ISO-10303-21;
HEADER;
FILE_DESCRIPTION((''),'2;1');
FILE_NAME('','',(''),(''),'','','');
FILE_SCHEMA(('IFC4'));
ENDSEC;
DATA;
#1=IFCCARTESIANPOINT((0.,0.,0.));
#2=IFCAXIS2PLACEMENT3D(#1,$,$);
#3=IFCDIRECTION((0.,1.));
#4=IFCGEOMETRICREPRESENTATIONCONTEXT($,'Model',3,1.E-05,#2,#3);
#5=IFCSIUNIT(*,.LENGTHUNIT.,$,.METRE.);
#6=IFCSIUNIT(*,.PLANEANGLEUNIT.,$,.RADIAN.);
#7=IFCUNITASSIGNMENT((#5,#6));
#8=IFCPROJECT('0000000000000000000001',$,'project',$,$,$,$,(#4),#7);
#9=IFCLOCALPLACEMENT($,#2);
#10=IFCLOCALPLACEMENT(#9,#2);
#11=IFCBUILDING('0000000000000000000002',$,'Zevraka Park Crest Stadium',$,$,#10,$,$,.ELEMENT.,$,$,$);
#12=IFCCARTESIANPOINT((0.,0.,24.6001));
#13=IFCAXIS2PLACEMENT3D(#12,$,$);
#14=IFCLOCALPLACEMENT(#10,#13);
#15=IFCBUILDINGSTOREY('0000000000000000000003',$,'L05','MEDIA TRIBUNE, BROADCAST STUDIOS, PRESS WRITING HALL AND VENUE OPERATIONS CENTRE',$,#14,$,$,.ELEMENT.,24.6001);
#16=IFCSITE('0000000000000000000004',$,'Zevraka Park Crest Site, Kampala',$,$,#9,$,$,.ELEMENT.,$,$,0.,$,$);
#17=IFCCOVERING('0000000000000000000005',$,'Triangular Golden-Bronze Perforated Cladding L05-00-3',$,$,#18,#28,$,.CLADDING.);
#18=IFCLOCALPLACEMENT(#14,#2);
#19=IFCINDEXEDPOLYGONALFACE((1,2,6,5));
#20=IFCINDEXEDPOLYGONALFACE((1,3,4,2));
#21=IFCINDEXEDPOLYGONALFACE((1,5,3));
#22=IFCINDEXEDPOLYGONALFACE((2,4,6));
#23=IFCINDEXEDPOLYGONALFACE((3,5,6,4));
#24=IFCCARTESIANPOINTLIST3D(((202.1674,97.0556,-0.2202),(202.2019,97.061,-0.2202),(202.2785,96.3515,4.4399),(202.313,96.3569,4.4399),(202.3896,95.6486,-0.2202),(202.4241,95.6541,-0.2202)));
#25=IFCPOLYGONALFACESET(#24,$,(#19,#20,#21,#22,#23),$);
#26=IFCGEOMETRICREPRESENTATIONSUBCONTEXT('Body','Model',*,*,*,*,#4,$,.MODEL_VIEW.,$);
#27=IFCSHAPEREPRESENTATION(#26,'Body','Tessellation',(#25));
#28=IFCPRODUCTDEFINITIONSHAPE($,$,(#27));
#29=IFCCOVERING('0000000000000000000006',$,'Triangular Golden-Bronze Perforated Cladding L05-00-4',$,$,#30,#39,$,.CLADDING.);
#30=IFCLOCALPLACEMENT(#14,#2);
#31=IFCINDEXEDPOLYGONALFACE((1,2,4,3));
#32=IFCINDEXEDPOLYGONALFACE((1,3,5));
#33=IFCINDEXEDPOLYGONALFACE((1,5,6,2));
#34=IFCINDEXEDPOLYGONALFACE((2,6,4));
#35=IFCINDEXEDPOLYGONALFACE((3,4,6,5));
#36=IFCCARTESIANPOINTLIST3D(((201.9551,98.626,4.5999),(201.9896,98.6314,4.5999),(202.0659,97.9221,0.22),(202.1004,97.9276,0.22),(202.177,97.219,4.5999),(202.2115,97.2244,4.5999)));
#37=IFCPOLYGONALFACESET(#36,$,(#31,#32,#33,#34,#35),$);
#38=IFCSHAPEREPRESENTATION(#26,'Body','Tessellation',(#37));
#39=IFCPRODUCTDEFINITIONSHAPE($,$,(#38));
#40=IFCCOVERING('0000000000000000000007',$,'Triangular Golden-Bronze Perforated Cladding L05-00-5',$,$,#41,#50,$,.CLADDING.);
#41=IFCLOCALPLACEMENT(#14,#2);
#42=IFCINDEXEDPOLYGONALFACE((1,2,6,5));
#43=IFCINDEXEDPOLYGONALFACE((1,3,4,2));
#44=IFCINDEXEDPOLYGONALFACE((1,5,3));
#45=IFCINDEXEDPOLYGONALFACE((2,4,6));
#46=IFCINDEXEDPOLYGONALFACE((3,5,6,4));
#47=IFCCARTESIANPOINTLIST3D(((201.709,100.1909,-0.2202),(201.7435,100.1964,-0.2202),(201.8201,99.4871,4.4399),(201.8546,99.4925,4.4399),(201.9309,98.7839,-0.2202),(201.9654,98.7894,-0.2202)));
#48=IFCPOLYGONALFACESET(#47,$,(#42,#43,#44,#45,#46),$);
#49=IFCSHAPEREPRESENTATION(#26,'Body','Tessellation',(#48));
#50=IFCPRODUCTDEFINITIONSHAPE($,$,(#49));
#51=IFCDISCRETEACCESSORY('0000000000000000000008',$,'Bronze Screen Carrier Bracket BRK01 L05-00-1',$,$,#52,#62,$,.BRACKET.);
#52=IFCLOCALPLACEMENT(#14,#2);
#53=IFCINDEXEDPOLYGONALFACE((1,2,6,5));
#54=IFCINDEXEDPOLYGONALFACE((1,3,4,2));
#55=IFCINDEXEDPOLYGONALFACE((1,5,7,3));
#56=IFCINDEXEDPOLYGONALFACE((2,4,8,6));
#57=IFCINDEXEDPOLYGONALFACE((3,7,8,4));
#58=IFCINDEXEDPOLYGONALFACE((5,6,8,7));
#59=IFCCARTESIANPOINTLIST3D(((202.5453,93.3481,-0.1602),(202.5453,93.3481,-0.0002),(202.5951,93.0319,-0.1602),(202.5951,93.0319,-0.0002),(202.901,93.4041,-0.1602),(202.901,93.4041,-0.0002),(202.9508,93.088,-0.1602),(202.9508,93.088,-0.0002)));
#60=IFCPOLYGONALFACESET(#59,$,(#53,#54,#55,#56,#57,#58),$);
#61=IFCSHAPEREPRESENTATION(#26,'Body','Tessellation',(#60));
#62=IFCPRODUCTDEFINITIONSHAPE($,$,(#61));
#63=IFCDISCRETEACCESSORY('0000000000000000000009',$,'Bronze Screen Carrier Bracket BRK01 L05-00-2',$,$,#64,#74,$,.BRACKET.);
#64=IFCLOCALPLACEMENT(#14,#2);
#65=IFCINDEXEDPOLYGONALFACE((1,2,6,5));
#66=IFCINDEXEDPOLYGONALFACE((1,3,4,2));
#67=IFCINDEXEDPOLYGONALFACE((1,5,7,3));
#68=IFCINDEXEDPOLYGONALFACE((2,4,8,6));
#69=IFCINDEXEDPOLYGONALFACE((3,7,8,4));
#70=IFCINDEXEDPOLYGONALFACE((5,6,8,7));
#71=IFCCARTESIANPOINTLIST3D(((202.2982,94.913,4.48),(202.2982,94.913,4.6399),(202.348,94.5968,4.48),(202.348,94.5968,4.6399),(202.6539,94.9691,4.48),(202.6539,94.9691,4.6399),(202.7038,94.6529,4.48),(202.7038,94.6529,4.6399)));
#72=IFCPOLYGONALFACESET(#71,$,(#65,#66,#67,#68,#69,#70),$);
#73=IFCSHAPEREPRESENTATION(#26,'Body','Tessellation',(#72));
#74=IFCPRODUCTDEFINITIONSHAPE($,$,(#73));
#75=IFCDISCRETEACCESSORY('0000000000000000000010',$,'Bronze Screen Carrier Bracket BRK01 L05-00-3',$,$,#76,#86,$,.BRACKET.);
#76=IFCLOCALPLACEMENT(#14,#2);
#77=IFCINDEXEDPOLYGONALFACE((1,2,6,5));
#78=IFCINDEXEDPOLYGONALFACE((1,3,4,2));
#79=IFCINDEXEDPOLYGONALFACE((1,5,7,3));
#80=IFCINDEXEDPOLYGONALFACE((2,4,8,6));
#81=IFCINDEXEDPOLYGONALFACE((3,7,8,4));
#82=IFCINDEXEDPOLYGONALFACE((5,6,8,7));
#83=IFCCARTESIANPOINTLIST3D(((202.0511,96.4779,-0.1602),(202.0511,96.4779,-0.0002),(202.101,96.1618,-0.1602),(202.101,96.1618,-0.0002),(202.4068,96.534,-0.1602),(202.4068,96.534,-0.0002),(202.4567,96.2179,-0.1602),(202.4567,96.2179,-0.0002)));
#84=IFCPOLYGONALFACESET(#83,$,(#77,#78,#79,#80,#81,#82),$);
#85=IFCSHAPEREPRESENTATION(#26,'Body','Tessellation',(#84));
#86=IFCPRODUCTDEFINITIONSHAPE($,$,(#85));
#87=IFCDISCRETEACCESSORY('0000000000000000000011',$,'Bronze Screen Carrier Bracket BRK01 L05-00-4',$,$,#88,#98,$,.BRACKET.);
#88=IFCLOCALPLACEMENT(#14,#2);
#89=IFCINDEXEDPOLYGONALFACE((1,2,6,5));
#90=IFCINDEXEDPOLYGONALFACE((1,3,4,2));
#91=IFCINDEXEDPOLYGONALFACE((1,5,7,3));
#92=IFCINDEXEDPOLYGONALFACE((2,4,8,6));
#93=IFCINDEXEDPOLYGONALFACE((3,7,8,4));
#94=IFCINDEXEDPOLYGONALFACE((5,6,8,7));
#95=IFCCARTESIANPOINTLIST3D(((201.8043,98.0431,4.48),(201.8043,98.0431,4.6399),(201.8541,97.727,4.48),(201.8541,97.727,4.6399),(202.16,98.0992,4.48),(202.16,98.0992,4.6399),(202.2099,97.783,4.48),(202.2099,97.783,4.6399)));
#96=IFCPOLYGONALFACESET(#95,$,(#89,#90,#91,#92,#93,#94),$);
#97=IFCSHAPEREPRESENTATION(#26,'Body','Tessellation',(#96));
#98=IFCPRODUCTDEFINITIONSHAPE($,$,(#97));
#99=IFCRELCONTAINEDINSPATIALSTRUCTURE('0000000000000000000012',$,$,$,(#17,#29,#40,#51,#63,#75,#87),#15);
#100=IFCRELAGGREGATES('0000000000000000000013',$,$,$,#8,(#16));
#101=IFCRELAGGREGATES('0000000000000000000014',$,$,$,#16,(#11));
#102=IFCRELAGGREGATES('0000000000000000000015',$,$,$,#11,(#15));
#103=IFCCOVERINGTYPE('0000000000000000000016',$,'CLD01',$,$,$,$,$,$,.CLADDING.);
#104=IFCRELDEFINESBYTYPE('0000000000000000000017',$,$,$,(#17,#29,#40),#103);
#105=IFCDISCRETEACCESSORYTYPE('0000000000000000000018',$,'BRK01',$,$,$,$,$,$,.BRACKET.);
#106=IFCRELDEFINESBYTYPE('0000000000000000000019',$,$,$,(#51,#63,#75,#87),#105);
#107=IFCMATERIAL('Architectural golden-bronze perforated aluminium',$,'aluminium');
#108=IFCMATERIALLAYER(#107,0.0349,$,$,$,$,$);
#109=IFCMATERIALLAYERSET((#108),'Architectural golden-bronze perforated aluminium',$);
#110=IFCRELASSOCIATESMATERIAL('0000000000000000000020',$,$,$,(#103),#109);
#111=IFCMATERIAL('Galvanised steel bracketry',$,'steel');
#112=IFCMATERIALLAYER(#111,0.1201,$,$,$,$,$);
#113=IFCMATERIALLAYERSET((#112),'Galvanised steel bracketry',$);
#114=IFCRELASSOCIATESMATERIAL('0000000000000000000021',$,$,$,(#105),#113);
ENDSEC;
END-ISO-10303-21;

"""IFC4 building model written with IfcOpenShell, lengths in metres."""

from ifc_helpers import new_model, si_unit, direction, frame, origin, origin_2d, place, context, subcontext, project, spatial, polyline, rectangle, outline, extrude, material, layer, layer_set, type_object, element, save


model = new_model("IFC4")

# Units and contexts
model_context = context("Model", 3, precision=1e-05, world=origin(), true_north=direction((0.0, 1.0)))
body_context = subcontext(model_context, "Body", "Model", "MODEL_VIEW")
ifc_project = project(units=[si_unit("LENGTHUNIT", "METRE"), si_unit("PLANEANGLEUNIT", "RADIAN")], contexts=[model_context])

# Site, building, storey
site_placement = place(None, origin())
site = spatial("IfcSite", under=ifc_project, at=site_placement, Name="Zevraka Park Crest Site, Kampala", CompositionType="ELEMENT", RefElevation=0.0)
building_placement = place(site_placement, origin())
building = spatial("IfcBuilding", under=site, at=building_placement, Name="Zevraka Park Crest Stadium", CompositionType="ELEMENT")
storey_placement = place(building_placement, frame((0.0, 0.0, 24.6001)))
storey = spatial("IfcBuildingStorey", under=building, at=storey_placement, Name="L05", Description="MEDIA TRIBUNE, BROADCAST STUDIOS, PRESS WRITING HALL AND VENUE OPERATIONS CENTRE", CompositionType="ELEMENT", Elevation=24.6001)

# Coverings
ifc_material_1 = material(Name="Architectural golden-bronze perforated aluminium", Category="aluminium")
ifc_layer_1 = layer(ifc_material_1, 0.0349)
ifc_layer_set_1 = layer_set([ifc_layer_1], Name="Architectural golden-bronze perforated aluminium")
covering_type = type_object("IfcCoveringType", Name="CLD01", PredefinedType="CLADDING", material=ifc_layer_set_1)
covering_1_placement = place(storey_placement, frame((202.4241, 95.6541, -0.2202), z_axis=(0.987762, 0.155971, 0.00002), x_axis=(-0.155971, 0.987762, 0.0)))
element("IfcCovering", 1, at=covering_1_placement, inside=storey, type_object=covering_type, Name="Triangular Golden-Bronze Perforated Cladding L05-00-3", PredefinedType="CLADDING", context=body_context, shape_type="SweptSolid", body=[
    extrude(outline(polyline([(0.0, 0.0), (1.4244, 0.0), (0.7116, 4.6602), (0.0, 0.0)])), origin(), (0.0, 0.0, -1.0), 0.0349),
])
covering_2_placement = place(storey_placement, frame((201.9551, 98.626, 4.5999), z_axis=(-0.987788, -0.155804, 0.000041), x_axis=(0.155804, -0.987788, 0.0)))
element("IfcCovering", 2, at=covering_2_placement, inside=storey, type_object=covering_type, Name="Triangular Golden-Bronze Perforated Cladding L05-00-4", PredefinedType="CLADDING", context=body_context, shape_type="SweptSolid", body=[
    extrude(outline(polyline([(0.0, 0.0), (1.4244, 0.0), (0.7125, -4.3799), (0.0, 0.0)])), origin(), (0.0, 0.0, -1.0), 0.0349),
])
covering_3_placement = place(storey_placement, frame((201.9309, 98.7839, -0.2202), z_axis=(-0.987788, -0.155804, 0.000014), x_axis=(-0.155804, 0.987788, 0.0)))
element("IfcCovering", 3, at=covering_3_placement, inside=storey, type_object=covering_type, Name="Triangular Golden-Bronze Perforated Cladding L05-00-5", PredefinedType="CLADDING", context=body_context, shape_type="SweptSolid", body=[
    extrude(outline(polyline([(0.0, 0.0), (1.4244, 0.0), (0.7118, -4.6602), (0.0, 0.0)])), origin(), (0.0, 0.0, -1.0), 0.0349),
])

# Discrete accessories
ifc_material_2 = material(Name="Galvanised steel bracketry", Category="steel")
ifc_layer_2 = layer(ifc_material_2, 0.1201)
ifc_layer_set_2 = layer_set([ifc_layer_2], Name="Galvanised steel bracketry")
discrete_accessory_type = type_object("IfcDiscreteAccessoryType", Name="BRK01", PredefinedType="BRACKET", material=ifc_layer_set_2)
for number, where, z_axis, x_axis, name in (
    (4, (202.748, 93.218, -0.1602), (0.0, 0.0, 1.0), (-0.155745, 0.987797, 0.0), "Bronze Screen Carrier Bracket BRK01 L05-00-1"),
    (5, (202.501, 94.783, 4.48), (0.0, 0.0, 1.0), (-0.155745, 0.987797, 0.0), "Bronze Screen Carrier Bracket BRK01 L05-00-2"),
    (6, (202.2539, 96.3479, -0.1602), (0.0, 0.0, 1.0), (-0.155745, 0.987797, 0.0), "Bronze Screen Carrier Bracket BRK01 L05-00-3"),
    (7, (202.0071, 97.9131, 4.48), (0.0, 0.0, 1.0), (-0.155745, 0.987797, 0.0), "Bronze Screen Carrier Bracket BRK01 L05-00-4"),
):
    element("IfcDiscreteAccessory", number, at=place(storey_placement, frame(where, z_axis=z_axis, x_axis=x_axis)), inside=storey, type_object=discrete_accessory_type, Name=name, PredefinedType="BRACKET", context=body_context, shape_type="SweptSolid", body=[
        extrude(rectangle(XDim=0.3201, YDim=0.3601, at=origin_2d()), origin(), (0.0, 0.0, 1.0), 0.1599),
    ])

save(model, "model.ifc")
